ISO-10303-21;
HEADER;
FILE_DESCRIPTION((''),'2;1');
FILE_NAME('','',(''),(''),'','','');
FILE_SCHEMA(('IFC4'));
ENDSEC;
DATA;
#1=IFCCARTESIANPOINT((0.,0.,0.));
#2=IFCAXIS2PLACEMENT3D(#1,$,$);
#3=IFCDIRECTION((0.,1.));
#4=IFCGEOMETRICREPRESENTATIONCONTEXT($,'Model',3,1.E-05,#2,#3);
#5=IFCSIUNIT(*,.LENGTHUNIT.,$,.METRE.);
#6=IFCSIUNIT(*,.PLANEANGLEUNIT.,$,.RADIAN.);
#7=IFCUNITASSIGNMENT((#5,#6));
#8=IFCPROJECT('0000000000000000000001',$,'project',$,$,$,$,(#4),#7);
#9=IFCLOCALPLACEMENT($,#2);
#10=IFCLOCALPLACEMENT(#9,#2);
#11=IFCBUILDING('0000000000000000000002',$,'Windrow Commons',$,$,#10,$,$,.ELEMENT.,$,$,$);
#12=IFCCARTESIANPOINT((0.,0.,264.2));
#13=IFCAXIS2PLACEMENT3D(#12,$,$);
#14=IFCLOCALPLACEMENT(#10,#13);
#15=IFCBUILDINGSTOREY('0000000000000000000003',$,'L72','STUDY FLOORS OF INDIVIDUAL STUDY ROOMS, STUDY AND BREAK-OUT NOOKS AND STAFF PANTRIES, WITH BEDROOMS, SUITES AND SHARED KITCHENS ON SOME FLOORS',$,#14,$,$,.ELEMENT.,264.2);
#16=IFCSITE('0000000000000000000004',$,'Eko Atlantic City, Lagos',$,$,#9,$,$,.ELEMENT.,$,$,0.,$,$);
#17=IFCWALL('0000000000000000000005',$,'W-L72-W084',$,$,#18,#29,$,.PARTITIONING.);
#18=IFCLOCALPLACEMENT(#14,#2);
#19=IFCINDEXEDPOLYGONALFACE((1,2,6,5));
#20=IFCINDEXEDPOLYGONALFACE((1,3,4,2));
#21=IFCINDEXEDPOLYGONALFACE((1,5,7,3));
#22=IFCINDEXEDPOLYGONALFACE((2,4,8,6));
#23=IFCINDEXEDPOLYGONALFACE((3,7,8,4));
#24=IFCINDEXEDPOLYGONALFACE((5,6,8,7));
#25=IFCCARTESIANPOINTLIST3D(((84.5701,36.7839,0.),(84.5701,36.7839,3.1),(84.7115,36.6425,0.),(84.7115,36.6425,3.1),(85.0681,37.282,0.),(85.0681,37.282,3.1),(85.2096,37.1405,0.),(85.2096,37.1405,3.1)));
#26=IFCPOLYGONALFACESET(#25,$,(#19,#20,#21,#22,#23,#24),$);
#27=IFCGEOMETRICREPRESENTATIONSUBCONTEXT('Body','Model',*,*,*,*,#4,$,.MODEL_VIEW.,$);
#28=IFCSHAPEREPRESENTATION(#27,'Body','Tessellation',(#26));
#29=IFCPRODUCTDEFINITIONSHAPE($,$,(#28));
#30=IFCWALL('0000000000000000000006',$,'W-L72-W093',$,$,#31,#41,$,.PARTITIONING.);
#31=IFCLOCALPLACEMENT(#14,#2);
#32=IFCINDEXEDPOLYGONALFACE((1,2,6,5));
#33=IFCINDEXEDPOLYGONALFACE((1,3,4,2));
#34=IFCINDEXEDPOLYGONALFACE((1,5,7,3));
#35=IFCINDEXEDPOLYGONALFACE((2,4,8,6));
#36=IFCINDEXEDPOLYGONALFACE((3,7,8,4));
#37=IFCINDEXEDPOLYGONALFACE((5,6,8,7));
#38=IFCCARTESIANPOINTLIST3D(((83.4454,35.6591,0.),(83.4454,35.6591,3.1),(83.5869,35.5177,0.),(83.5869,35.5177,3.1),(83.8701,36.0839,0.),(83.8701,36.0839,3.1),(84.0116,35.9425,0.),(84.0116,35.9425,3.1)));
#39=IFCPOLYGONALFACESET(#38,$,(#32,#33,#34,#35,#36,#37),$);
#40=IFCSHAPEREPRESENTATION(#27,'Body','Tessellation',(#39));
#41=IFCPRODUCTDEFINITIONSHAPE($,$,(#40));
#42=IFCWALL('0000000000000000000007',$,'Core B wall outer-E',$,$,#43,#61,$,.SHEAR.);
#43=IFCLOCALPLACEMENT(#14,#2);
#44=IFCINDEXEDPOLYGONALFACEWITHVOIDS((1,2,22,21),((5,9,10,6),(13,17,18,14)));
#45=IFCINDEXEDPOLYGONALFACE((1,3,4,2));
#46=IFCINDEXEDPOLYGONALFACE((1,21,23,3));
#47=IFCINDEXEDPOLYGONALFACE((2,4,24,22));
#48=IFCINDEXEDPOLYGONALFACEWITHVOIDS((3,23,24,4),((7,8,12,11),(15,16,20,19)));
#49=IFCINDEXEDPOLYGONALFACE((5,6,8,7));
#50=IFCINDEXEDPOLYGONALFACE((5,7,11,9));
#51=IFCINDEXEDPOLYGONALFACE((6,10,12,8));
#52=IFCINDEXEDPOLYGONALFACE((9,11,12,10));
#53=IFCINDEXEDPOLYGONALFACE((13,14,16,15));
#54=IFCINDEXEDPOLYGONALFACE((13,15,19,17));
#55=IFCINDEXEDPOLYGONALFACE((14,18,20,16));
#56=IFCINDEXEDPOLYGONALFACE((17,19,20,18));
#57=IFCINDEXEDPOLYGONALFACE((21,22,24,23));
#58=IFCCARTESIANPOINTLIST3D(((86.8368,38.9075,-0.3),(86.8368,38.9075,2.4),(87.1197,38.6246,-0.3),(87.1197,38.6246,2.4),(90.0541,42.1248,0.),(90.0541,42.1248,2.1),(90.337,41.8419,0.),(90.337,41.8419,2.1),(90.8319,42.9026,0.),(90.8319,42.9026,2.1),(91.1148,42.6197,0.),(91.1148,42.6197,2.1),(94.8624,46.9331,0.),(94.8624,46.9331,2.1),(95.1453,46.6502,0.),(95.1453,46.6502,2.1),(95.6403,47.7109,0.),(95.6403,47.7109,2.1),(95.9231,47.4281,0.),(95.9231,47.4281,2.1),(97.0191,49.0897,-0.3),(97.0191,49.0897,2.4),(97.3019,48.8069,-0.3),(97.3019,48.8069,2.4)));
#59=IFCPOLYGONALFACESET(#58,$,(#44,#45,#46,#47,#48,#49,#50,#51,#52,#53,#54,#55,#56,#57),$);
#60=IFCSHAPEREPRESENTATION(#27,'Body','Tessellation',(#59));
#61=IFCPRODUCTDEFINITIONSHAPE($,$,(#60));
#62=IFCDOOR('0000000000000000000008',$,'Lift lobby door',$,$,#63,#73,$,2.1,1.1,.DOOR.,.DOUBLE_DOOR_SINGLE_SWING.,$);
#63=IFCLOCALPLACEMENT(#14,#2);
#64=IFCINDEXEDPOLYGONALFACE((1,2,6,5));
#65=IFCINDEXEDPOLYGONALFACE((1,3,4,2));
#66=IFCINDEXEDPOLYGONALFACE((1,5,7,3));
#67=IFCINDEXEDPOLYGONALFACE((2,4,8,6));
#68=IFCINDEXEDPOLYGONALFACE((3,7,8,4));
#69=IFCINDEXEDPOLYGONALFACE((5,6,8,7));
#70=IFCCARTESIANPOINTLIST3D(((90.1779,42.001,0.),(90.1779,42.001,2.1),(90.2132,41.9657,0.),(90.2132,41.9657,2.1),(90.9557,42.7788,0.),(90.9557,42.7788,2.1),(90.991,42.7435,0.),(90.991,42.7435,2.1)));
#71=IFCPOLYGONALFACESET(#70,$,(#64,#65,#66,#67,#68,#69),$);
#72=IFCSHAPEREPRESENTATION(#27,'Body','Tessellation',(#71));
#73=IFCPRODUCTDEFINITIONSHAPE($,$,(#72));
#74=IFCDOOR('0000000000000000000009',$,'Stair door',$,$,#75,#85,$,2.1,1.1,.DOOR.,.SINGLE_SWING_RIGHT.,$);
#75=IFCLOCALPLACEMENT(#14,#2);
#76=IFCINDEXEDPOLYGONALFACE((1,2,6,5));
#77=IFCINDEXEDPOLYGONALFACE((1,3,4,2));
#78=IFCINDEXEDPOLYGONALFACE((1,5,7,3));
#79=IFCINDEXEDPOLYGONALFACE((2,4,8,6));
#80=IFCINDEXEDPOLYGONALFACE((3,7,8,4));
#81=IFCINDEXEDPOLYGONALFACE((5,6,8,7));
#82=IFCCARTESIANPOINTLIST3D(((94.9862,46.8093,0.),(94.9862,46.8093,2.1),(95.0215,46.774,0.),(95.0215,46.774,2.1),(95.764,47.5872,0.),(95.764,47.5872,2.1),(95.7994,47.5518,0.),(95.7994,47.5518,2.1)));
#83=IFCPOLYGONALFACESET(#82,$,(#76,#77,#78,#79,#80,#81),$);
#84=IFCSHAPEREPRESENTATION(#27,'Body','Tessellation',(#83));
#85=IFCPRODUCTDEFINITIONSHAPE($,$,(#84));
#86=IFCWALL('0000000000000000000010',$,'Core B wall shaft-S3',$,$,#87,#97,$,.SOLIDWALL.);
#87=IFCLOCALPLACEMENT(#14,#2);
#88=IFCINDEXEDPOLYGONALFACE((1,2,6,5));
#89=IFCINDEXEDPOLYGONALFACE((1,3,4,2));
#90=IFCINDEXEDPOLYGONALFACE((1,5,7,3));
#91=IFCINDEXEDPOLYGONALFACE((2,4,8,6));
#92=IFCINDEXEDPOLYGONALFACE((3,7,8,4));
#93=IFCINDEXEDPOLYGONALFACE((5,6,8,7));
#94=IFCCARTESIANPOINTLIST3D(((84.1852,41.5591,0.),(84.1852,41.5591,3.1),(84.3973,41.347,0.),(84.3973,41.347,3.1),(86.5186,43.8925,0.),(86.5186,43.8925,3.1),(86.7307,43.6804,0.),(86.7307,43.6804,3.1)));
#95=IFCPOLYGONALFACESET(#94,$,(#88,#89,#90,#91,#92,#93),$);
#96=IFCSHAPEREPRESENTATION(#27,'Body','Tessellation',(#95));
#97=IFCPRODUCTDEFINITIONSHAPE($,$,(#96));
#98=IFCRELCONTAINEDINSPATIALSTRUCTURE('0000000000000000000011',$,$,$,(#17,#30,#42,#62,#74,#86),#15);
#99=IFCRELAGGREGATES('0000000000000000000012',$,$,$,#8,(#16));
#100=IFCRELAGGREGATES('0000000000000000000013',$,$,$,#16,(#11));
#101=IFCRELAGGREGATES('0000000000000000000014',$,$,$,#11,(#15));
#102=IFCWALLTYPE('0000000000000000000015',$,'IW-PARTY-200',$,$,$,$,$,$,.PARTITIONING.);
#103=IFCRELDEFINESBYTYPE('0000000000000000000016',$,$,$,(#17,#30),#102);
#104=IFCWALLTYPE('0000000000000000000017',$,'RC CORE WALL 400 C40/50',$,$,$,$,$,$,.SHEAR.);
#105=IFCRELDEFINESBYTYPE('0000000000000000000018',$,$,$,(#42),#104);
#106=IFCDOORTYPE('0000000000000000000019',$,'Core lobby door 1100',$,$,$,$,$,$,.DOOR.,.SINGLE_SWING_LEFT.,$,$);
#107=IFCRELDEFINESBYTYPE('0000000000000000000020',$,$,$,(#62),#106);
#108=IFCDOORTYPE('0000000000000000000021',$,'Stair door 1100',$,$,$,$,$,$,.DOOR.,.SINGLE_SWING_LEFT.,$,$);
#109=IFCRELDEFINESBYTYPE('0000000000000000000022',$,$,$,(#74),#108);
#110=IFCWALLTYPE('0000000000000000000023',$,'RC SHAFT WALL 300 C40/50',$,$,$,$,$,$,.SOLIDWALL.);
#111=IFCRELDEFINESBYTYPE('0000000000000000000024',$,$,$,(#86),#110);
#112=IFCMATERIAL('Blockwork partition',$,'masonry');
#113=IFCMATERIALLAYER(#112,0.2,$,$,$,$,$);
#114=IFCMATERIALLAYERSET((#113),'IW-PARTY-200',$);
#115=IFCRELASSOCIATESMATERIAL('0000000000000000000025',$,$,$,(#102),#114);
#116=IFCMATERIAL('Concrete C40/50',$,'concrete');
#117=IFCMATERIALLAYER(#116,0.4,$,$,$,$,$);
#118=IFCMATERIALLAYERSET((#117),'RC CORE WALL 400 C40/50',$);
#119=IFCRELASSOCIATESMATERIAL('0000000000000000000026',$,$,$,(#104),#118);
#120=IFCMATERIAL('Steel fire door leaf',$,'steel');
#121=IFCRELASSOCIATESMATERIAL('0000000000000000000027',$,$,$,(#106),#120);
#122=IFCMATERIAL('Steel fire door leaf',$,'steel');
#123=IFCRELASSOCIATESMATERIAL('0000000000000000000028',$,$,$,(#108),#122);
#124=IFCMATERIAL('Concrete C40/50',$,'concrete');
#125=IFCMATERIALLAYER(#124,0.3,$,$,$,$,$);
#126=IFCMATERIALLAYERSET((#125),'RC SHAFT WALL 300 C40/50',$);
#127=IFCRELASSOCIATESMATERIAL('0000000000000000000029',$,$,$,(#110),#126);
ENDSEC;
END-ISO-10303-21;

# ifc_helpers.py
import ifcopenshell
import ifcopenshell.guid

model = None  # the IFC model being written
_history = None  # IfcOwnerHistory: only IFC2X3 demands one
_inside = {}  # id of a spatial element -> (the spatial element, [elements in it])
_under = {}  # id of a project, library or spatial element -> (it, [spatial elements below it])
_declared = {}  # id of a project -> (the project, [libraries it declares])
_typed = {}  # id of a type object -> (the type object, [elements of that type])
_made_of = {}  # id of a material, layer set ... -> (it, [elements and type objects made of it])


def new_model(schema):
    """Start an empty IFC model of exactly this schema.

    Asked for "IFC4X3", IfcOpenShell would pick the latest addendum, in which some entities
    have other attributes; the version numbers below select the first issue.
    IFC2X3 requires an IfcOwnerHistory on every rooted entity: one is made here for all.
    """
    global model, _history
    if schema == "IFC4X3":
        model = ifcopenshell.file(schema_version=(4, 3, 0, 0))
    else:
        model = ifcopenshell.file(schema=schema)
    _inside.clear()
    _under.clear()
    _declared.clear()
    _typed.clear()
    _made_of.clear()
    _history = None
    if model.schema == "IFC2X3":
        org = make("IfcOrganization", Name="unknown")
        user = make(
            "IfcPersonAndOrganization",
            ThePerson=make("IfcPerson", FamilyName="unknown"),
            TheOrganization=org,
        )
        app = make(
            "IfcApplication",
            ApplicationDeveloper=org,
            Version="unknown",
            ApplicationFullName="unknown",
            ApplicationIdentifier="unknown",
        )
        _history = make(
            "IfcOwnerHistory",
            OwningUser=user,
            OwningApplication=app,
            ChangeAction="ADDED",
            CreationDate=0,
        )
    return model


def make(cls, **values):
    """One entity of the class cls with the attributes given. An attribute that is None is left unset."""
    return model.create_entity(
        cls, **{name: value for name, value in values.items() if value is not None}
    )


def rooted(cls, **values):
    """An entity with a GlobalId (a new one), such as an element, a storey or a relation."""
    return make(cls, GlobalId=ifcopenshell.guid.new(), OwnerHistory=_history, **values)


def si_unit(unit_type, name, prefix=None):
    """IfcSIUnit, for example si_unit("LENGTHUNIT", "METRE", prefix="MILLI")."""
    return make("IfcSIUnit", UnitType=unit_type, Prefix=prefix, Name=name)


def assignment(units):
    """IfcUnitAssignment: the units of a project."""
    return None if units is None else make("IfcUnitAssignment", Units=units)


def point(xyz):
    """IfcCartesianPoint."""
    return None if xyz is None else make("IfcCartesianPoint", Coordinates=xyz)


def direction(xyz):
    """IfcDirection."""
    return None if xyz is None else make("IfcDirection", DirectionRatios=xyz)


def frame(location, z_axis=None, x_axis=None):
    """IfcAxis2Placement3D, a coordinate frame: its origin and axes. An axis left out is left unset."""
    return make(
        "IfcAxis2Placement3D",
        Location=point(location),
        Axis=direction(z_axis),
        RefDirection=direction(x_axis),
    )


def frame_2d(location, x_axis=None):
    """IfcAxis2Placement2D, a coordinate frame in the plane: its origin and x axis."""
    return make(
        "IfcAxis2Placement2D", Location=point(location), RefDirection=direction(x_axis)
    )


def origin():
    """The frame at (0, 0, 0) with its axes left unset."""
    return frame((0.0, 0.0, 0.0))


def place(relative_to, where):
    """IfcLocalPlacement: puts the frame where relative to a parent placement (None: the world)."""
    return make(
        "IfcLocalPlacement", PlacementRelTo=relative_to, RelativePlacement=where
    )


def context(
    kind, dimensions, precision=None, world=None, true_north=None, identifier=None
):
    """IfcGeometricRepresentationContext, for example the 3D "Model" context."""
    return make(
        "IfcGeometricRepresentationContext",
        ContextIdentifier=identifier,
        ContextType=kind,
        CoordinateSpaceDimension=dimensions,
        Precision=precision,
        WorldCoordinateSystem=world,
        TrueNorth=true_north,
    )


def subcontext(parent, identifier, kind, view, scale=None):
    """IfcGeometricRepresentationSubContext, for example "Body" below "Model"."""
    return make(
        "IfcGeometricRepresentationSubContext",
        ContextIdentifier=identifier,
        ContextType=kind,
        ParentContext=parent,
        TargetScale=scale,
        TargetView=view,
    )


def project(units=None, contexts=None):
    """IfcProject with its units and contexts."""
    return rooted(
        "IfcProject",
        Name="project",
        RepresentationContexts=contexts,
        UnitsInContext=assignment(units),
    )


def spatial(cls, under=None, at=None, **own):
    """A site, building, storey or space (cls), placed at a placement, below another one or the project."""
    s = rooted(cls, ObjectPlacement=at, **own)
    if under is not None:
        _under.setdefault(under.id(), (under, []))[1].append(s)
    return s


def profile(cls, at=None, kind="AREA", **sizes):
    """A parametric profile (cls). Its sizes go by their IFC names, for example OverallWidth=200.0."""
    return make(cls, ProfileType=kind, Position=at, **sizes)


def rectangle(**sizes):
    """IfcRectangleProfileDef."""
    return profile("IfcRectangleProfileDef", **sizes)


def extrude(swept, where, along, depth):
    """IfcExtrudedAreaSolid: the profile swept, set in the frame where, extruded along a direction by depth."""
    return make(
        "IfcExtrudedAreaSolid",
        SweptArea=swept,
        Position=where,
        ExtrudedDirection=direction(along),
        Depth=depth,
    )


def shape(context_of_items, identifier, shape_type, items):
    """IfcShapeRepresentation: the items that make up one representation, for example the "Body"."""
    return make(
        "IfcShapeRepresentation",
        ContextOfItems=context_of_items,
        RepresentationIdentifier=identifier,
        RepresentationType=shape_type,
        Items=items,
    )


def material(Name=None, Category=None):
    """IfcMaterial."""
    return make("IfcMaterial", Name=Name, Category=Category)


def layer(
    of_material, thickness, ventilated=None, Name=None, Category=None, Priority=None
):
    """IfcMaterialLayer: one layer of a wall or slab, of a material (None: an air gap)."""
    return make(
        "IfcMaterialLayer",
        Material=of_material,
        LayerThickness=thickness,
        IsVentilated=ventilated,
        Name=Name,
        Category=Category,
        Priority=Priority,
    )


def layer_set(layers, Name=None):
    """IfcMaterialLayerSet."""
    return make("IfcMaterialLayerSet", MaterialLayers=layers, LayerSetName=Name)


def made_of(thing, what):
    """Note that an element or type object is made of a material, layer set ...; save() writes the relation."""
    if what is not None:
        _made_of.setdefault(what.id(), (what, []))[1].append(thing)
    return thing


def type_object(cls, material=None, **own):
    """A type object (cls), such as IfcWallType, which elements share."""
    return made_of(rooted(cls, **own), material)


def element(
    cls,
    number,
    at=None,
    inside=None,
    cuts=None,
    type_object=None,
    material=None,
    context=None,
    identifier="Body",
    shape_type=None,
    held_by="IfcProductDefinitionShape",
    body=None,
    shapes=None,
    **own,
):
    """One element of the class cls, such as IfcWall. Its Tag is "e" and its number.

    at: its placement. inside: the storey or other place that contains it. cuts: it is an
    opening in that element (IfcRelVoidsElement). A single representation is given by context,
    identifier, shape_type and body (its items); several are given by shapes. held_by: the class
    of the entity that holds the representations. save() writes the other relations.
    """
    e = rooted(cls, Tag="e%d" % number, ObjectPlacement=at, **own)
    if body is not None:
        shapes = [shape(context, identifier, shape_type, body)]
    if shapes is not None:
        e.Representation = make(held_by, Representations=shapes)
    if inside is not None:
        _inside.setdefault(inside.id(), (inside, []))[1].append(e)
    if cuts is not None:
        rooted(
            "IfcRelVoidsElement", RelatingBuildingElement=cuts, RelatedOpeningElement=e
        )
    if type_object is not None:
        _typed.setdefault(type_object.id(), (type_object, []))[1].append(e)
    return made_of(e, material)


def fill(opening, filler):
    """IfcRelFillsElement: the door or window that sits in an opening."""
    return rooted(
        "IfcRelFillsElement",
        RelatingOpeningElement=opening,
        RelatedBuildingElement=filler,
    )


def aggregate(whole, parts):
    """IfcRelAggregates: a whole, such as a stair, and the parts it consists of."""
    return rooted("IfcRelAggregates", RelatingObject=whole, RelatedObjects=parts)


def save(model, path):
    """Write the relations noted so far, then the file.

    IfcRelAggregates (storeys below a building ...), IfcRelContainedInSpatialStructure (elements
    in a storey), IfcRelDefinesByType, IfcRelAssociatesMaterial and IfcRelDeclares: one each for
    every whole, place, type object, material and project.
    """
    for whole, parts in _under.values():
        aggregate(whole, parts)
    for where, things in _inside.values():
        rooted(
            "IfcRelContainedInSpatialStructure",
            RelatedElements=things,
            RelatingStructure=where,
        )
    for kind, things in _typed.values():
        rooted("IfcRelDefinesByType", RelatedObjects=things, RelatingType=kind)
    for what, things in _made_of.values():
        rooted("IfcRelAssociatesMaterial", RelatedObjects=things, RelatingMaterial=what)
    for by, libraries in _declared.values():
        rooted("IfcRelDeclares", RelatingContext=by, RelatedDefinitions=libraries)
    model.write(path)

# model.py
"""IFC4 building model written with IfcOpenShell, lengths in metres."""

from ifc_helpers import new_model, si_unit, direction, frame, frame_2d, origin, place, context, subcontext, project, spatial, rectangle, extrude, material, layer, layer_set, type_object, element, fill, save


model = new_model("IFC4")

# Units and contexts
model_context = context("Model", 3, precision=1e-05, world=origin(), true_north=direction((0.0, 1.0)))
body_context = subcontext(model_context, "Body", "Model", "MODEL_VIEW")
ifc_project = project(units=[si_unit("LENGTHUNIT", "METRE"), si_unit("PLANEANGLEUNIT", "RADIAN")], contexts=[model_context])

# Site, building, storey
site_placement = place(None, origin())
site = spatial("IfcSite", under=ifc_project, at=site_placement, Name="Eko Atlantic City, Lagos", CompositionType="ELEMENT", RefElevation=0.0)
building_placement = place(site_placement, origin())
building = spatial("IfcBuilding", under=site, at=building_placement, Name="Windrow Commons", CompositionType="ELEMENT")
storey_placement = place(building_placement, frame((0.0, 0.0, 264.2)))
storey = spatial("IfcBuildingStorey", under=building, at=storey_placement, Name="L72", Description="STUDY FLOORS OF INDIVIDUAL STUDY ROOMS, STUDY AND BREAK-OUT NOOKS AND STAFF PANTRIES, WITH BEDROOMS, SUITES AND SHARED KITCHENS ON SOME FLOORS", CompositionType="ELEMENT", Elevation=264.2)

# Walls
ifc_material_1 = material(Name="Blockwork partition", Category="masonry")
ifc_layer_1 = layer(ifc_material_1, 0.2)
ifc_layer_set_1 = layer_set([ifc_layer_1], Name="IW-PARTY-200")
wall_type_1 = type_object("IfcWallType", Name="IW-PARTY-200", PredefinedType="PARTITIONING", material=ifc_layer_set_1)
wall_1_placement = place(storey_placement, frame((84.6408, 36.7132, 0.0), z_axis=(0.0, 0.0, 1.0), x_axis=(0.707107, 0.707107, 0.0)))
element("IfcWall", 1, at=wall_1_placement, inside=storey, type_object=wall_type_1, Name="W-L72-W084", PredefinedType="PARTITIONING", context=body_context, shape_type="SweptSolid", body=[
    extrude(rectangle(XDim=0.7043, YDim=0.2, at=frame_2d((0.3522, 0.0))), origin(), (0.0, 0.0, 1.0), 3.1),
])
wall_2_placement = place(storey_placement, frame((83.5161, 35.5884, 0.0), z_axis=(0.0, 0.0, 1.0), x_axis=(0.707024, 0.70719, 0.0)))
element("IfcWall", 2, at=wall_2_placement, inside=storey, type_object=wall_type_1, Name="W-L72-W093", PredefinedType="PARTITIONING", context=body_context, shape_type="SweptSolid", body=[
    extrude(rectangle(XDim=0.6007, YDim=0.2, at=frame_2d((0.3004, 0.0))), origin(), (0.0, 0.0, 1.0), 3.1),
])

# Wall, openings, doors
ifc_material_2 = material(Name="Concrete C40/50", Category="concrete")
ifc_layer_2 = layer(ifc_material_2, 0.4)
ifc_layer_set_2 = layer_set([ifc_layer_2], Name="RC CORE WALL 400 C40/50")
wall_type_2 = type_object("IfcWallType", Name="RC CORE WALL 400 C40/50", PredefinedType="SHEAR", material=ifc_layer_set_2)
wall_3_placement = place(storey_placement, frame((86.9782, 38.766, -0.3), z_axis=(0.0, 0.0, 1.0), x_axis=(0.707107, 0.707107, 0.0)))
wall_3 = element("IfcWall", 3, at=wall_3_placement, inside=storey, type_object=wall_type_2, Name="Core B wall outer-E", PredefinedType="SHEAR", context=body_context, shape_type="SweptSolid", body=[
    extrude(rectangle(XDim=14.3999, YDim=0.4, at=frame_2d((7.2, 0.0))), origin(), (0.0, 0.0, 1.0), 2.7),
])
opening_1_placement = place(wall_3_placement, frame((4.55, 0.0, 0.3)))
opening_1 = element("IfcOpeningElement", 4, at=opening_1_placement, cuts=wall_3, PredefinedType="OPENING", context=body_context, shape_type="SweptSolid", body=[
    extrude(rectangle(XDim=1.1, YDim=2.1, at=frame_2d((0.55, 1.05))), frame((0.0, 0.21, 0.0), z_axis=(0.0, -1.0, 0.0), x_axis=(1.0, 0.0, 0.0)), (0.0, 0.0, 1.0), 0.42),
])
opening_2_placement = place(wall_3_placement, frame((11.35, 0.0, 0.3)))
opening_2 = element("IfcOpeningElement", 5, at=opening_2_placement, cuts=wall_3, PredefinedType="OPENING", context=body_context, shape_type="SweptSolid", body=[
    extrude(rectangle(XDim=1.1, YDim=2.1, at=frame_2d((0.55, 1.05))), frame((0.0, 0.21, 0.0), z_axis=(0.0, -1.0, 0.0), x_axis=(1.0, 0.0, 0.0)), (0.0, 0.0, 1.0), 0.42),
])
ifc_material_3 = material(Name="Steel fire door leaf", Category="steel")
door_type_1 = type_object("IfcDoorType", Name="Core lobby door 1100", OperationType="SINGLE_SWING_LEFT", PredefinedType="DOOR", material=ifc_material_3)
door_1_placement = place(opening_1_placement, origin())
door_1 = element("IfcDoor", 6, at=door_1_placement, inside=storey, type_object=door_type_1, Name="Lift lobby door", OperationType="DOUBLE_DOOR_SINGLE_SWING", OverallHeight=2.1, OverallWidth=1.1, PredefinedType="DOOR", context=body_context, shape_type="SweptSolid", body=[
    extrude(rectangle(XDim=1.1, YDim=2.1, at=frame_2d((0.55, 1.05))), frame((0.0, 0.025, 0.0), z_axis=(0.0, -1.0, 0.0), x_axis=(1.0, 0.0, 0.0)), (0.0, 0.0, 1.0), 0.05),
])
fill(opening_1, door_1)
ifc_material_4 = material(Name="Steel fire door leaf", Category="steel")
door_type_2 = type_object("IfcDoorType", Name="Stair door 1100", OperationType="SINGLE_SWING_LEFT", PredefinedType="DOOR", material=ifc_material_4)
door_2_placement = place(opening_2_placement, origin())
door_2 = element("IfcDoor", 7, at=door_2_placement, inside=storey, type_object=door_type_2, Name="Stair door", OperationType="SINGLE_SWING_RIGHT", OverallHeight=2.1, OverallWidth=1.1, PredefinedType="DOOR", context=body_context, shape_type="SweptSolid", body=[
    extrude(rectangle(XDim=1.1, YDim=2.1, at=frame_2d((0.55, 1.05))), frame((0.0, 0.025, 0.0), z_axis=(0.0, -1.0, 0.0), x_axis=(1.0, 0.0, 0.0)), (0.0, 0.0, 1.0), 0.05),
])
fill(opening_2, door_2)

# Wall
ifc_material_5 = material(Name="Concrete C40/50", Category="concrete")
ifc_layer_3 = layer(ifc_material_5, 0.3)
ifc_layer_set_3 = layer_set([ifc_layer_3], Name="RC SHAFT WALL 300 C40/50")
wall_type_3 = type_object("IfcWallType", Name="RC SHAFT WALL 300 C40/50", PredefinedType="SOLIDWALL", material=ifc_layer_set_3)
wall_4_placement = place(storey_placement, frame((84.2912, 41.453, 0.0), z_axis=(0.0, 0.0, 1.0), x_axis=(0.707107, 0.707107, 0.0)))
element("IfcWall", 8, at=wall_4_placement, inside=storey, type_object=wall_type_3, Name="Core B wall shaft-S3", PredefinedType="SOLIDWALL", context=body_context, shape_type="SweptSolid", body=[
    extrude(rectangle(XDim=3.2999, YDim=0.3, at=frame_2d((1.65, 0.0))), origin(), (0.0, 0.0, 1.0), 3.1),
])

save(model, "model.ifc")
